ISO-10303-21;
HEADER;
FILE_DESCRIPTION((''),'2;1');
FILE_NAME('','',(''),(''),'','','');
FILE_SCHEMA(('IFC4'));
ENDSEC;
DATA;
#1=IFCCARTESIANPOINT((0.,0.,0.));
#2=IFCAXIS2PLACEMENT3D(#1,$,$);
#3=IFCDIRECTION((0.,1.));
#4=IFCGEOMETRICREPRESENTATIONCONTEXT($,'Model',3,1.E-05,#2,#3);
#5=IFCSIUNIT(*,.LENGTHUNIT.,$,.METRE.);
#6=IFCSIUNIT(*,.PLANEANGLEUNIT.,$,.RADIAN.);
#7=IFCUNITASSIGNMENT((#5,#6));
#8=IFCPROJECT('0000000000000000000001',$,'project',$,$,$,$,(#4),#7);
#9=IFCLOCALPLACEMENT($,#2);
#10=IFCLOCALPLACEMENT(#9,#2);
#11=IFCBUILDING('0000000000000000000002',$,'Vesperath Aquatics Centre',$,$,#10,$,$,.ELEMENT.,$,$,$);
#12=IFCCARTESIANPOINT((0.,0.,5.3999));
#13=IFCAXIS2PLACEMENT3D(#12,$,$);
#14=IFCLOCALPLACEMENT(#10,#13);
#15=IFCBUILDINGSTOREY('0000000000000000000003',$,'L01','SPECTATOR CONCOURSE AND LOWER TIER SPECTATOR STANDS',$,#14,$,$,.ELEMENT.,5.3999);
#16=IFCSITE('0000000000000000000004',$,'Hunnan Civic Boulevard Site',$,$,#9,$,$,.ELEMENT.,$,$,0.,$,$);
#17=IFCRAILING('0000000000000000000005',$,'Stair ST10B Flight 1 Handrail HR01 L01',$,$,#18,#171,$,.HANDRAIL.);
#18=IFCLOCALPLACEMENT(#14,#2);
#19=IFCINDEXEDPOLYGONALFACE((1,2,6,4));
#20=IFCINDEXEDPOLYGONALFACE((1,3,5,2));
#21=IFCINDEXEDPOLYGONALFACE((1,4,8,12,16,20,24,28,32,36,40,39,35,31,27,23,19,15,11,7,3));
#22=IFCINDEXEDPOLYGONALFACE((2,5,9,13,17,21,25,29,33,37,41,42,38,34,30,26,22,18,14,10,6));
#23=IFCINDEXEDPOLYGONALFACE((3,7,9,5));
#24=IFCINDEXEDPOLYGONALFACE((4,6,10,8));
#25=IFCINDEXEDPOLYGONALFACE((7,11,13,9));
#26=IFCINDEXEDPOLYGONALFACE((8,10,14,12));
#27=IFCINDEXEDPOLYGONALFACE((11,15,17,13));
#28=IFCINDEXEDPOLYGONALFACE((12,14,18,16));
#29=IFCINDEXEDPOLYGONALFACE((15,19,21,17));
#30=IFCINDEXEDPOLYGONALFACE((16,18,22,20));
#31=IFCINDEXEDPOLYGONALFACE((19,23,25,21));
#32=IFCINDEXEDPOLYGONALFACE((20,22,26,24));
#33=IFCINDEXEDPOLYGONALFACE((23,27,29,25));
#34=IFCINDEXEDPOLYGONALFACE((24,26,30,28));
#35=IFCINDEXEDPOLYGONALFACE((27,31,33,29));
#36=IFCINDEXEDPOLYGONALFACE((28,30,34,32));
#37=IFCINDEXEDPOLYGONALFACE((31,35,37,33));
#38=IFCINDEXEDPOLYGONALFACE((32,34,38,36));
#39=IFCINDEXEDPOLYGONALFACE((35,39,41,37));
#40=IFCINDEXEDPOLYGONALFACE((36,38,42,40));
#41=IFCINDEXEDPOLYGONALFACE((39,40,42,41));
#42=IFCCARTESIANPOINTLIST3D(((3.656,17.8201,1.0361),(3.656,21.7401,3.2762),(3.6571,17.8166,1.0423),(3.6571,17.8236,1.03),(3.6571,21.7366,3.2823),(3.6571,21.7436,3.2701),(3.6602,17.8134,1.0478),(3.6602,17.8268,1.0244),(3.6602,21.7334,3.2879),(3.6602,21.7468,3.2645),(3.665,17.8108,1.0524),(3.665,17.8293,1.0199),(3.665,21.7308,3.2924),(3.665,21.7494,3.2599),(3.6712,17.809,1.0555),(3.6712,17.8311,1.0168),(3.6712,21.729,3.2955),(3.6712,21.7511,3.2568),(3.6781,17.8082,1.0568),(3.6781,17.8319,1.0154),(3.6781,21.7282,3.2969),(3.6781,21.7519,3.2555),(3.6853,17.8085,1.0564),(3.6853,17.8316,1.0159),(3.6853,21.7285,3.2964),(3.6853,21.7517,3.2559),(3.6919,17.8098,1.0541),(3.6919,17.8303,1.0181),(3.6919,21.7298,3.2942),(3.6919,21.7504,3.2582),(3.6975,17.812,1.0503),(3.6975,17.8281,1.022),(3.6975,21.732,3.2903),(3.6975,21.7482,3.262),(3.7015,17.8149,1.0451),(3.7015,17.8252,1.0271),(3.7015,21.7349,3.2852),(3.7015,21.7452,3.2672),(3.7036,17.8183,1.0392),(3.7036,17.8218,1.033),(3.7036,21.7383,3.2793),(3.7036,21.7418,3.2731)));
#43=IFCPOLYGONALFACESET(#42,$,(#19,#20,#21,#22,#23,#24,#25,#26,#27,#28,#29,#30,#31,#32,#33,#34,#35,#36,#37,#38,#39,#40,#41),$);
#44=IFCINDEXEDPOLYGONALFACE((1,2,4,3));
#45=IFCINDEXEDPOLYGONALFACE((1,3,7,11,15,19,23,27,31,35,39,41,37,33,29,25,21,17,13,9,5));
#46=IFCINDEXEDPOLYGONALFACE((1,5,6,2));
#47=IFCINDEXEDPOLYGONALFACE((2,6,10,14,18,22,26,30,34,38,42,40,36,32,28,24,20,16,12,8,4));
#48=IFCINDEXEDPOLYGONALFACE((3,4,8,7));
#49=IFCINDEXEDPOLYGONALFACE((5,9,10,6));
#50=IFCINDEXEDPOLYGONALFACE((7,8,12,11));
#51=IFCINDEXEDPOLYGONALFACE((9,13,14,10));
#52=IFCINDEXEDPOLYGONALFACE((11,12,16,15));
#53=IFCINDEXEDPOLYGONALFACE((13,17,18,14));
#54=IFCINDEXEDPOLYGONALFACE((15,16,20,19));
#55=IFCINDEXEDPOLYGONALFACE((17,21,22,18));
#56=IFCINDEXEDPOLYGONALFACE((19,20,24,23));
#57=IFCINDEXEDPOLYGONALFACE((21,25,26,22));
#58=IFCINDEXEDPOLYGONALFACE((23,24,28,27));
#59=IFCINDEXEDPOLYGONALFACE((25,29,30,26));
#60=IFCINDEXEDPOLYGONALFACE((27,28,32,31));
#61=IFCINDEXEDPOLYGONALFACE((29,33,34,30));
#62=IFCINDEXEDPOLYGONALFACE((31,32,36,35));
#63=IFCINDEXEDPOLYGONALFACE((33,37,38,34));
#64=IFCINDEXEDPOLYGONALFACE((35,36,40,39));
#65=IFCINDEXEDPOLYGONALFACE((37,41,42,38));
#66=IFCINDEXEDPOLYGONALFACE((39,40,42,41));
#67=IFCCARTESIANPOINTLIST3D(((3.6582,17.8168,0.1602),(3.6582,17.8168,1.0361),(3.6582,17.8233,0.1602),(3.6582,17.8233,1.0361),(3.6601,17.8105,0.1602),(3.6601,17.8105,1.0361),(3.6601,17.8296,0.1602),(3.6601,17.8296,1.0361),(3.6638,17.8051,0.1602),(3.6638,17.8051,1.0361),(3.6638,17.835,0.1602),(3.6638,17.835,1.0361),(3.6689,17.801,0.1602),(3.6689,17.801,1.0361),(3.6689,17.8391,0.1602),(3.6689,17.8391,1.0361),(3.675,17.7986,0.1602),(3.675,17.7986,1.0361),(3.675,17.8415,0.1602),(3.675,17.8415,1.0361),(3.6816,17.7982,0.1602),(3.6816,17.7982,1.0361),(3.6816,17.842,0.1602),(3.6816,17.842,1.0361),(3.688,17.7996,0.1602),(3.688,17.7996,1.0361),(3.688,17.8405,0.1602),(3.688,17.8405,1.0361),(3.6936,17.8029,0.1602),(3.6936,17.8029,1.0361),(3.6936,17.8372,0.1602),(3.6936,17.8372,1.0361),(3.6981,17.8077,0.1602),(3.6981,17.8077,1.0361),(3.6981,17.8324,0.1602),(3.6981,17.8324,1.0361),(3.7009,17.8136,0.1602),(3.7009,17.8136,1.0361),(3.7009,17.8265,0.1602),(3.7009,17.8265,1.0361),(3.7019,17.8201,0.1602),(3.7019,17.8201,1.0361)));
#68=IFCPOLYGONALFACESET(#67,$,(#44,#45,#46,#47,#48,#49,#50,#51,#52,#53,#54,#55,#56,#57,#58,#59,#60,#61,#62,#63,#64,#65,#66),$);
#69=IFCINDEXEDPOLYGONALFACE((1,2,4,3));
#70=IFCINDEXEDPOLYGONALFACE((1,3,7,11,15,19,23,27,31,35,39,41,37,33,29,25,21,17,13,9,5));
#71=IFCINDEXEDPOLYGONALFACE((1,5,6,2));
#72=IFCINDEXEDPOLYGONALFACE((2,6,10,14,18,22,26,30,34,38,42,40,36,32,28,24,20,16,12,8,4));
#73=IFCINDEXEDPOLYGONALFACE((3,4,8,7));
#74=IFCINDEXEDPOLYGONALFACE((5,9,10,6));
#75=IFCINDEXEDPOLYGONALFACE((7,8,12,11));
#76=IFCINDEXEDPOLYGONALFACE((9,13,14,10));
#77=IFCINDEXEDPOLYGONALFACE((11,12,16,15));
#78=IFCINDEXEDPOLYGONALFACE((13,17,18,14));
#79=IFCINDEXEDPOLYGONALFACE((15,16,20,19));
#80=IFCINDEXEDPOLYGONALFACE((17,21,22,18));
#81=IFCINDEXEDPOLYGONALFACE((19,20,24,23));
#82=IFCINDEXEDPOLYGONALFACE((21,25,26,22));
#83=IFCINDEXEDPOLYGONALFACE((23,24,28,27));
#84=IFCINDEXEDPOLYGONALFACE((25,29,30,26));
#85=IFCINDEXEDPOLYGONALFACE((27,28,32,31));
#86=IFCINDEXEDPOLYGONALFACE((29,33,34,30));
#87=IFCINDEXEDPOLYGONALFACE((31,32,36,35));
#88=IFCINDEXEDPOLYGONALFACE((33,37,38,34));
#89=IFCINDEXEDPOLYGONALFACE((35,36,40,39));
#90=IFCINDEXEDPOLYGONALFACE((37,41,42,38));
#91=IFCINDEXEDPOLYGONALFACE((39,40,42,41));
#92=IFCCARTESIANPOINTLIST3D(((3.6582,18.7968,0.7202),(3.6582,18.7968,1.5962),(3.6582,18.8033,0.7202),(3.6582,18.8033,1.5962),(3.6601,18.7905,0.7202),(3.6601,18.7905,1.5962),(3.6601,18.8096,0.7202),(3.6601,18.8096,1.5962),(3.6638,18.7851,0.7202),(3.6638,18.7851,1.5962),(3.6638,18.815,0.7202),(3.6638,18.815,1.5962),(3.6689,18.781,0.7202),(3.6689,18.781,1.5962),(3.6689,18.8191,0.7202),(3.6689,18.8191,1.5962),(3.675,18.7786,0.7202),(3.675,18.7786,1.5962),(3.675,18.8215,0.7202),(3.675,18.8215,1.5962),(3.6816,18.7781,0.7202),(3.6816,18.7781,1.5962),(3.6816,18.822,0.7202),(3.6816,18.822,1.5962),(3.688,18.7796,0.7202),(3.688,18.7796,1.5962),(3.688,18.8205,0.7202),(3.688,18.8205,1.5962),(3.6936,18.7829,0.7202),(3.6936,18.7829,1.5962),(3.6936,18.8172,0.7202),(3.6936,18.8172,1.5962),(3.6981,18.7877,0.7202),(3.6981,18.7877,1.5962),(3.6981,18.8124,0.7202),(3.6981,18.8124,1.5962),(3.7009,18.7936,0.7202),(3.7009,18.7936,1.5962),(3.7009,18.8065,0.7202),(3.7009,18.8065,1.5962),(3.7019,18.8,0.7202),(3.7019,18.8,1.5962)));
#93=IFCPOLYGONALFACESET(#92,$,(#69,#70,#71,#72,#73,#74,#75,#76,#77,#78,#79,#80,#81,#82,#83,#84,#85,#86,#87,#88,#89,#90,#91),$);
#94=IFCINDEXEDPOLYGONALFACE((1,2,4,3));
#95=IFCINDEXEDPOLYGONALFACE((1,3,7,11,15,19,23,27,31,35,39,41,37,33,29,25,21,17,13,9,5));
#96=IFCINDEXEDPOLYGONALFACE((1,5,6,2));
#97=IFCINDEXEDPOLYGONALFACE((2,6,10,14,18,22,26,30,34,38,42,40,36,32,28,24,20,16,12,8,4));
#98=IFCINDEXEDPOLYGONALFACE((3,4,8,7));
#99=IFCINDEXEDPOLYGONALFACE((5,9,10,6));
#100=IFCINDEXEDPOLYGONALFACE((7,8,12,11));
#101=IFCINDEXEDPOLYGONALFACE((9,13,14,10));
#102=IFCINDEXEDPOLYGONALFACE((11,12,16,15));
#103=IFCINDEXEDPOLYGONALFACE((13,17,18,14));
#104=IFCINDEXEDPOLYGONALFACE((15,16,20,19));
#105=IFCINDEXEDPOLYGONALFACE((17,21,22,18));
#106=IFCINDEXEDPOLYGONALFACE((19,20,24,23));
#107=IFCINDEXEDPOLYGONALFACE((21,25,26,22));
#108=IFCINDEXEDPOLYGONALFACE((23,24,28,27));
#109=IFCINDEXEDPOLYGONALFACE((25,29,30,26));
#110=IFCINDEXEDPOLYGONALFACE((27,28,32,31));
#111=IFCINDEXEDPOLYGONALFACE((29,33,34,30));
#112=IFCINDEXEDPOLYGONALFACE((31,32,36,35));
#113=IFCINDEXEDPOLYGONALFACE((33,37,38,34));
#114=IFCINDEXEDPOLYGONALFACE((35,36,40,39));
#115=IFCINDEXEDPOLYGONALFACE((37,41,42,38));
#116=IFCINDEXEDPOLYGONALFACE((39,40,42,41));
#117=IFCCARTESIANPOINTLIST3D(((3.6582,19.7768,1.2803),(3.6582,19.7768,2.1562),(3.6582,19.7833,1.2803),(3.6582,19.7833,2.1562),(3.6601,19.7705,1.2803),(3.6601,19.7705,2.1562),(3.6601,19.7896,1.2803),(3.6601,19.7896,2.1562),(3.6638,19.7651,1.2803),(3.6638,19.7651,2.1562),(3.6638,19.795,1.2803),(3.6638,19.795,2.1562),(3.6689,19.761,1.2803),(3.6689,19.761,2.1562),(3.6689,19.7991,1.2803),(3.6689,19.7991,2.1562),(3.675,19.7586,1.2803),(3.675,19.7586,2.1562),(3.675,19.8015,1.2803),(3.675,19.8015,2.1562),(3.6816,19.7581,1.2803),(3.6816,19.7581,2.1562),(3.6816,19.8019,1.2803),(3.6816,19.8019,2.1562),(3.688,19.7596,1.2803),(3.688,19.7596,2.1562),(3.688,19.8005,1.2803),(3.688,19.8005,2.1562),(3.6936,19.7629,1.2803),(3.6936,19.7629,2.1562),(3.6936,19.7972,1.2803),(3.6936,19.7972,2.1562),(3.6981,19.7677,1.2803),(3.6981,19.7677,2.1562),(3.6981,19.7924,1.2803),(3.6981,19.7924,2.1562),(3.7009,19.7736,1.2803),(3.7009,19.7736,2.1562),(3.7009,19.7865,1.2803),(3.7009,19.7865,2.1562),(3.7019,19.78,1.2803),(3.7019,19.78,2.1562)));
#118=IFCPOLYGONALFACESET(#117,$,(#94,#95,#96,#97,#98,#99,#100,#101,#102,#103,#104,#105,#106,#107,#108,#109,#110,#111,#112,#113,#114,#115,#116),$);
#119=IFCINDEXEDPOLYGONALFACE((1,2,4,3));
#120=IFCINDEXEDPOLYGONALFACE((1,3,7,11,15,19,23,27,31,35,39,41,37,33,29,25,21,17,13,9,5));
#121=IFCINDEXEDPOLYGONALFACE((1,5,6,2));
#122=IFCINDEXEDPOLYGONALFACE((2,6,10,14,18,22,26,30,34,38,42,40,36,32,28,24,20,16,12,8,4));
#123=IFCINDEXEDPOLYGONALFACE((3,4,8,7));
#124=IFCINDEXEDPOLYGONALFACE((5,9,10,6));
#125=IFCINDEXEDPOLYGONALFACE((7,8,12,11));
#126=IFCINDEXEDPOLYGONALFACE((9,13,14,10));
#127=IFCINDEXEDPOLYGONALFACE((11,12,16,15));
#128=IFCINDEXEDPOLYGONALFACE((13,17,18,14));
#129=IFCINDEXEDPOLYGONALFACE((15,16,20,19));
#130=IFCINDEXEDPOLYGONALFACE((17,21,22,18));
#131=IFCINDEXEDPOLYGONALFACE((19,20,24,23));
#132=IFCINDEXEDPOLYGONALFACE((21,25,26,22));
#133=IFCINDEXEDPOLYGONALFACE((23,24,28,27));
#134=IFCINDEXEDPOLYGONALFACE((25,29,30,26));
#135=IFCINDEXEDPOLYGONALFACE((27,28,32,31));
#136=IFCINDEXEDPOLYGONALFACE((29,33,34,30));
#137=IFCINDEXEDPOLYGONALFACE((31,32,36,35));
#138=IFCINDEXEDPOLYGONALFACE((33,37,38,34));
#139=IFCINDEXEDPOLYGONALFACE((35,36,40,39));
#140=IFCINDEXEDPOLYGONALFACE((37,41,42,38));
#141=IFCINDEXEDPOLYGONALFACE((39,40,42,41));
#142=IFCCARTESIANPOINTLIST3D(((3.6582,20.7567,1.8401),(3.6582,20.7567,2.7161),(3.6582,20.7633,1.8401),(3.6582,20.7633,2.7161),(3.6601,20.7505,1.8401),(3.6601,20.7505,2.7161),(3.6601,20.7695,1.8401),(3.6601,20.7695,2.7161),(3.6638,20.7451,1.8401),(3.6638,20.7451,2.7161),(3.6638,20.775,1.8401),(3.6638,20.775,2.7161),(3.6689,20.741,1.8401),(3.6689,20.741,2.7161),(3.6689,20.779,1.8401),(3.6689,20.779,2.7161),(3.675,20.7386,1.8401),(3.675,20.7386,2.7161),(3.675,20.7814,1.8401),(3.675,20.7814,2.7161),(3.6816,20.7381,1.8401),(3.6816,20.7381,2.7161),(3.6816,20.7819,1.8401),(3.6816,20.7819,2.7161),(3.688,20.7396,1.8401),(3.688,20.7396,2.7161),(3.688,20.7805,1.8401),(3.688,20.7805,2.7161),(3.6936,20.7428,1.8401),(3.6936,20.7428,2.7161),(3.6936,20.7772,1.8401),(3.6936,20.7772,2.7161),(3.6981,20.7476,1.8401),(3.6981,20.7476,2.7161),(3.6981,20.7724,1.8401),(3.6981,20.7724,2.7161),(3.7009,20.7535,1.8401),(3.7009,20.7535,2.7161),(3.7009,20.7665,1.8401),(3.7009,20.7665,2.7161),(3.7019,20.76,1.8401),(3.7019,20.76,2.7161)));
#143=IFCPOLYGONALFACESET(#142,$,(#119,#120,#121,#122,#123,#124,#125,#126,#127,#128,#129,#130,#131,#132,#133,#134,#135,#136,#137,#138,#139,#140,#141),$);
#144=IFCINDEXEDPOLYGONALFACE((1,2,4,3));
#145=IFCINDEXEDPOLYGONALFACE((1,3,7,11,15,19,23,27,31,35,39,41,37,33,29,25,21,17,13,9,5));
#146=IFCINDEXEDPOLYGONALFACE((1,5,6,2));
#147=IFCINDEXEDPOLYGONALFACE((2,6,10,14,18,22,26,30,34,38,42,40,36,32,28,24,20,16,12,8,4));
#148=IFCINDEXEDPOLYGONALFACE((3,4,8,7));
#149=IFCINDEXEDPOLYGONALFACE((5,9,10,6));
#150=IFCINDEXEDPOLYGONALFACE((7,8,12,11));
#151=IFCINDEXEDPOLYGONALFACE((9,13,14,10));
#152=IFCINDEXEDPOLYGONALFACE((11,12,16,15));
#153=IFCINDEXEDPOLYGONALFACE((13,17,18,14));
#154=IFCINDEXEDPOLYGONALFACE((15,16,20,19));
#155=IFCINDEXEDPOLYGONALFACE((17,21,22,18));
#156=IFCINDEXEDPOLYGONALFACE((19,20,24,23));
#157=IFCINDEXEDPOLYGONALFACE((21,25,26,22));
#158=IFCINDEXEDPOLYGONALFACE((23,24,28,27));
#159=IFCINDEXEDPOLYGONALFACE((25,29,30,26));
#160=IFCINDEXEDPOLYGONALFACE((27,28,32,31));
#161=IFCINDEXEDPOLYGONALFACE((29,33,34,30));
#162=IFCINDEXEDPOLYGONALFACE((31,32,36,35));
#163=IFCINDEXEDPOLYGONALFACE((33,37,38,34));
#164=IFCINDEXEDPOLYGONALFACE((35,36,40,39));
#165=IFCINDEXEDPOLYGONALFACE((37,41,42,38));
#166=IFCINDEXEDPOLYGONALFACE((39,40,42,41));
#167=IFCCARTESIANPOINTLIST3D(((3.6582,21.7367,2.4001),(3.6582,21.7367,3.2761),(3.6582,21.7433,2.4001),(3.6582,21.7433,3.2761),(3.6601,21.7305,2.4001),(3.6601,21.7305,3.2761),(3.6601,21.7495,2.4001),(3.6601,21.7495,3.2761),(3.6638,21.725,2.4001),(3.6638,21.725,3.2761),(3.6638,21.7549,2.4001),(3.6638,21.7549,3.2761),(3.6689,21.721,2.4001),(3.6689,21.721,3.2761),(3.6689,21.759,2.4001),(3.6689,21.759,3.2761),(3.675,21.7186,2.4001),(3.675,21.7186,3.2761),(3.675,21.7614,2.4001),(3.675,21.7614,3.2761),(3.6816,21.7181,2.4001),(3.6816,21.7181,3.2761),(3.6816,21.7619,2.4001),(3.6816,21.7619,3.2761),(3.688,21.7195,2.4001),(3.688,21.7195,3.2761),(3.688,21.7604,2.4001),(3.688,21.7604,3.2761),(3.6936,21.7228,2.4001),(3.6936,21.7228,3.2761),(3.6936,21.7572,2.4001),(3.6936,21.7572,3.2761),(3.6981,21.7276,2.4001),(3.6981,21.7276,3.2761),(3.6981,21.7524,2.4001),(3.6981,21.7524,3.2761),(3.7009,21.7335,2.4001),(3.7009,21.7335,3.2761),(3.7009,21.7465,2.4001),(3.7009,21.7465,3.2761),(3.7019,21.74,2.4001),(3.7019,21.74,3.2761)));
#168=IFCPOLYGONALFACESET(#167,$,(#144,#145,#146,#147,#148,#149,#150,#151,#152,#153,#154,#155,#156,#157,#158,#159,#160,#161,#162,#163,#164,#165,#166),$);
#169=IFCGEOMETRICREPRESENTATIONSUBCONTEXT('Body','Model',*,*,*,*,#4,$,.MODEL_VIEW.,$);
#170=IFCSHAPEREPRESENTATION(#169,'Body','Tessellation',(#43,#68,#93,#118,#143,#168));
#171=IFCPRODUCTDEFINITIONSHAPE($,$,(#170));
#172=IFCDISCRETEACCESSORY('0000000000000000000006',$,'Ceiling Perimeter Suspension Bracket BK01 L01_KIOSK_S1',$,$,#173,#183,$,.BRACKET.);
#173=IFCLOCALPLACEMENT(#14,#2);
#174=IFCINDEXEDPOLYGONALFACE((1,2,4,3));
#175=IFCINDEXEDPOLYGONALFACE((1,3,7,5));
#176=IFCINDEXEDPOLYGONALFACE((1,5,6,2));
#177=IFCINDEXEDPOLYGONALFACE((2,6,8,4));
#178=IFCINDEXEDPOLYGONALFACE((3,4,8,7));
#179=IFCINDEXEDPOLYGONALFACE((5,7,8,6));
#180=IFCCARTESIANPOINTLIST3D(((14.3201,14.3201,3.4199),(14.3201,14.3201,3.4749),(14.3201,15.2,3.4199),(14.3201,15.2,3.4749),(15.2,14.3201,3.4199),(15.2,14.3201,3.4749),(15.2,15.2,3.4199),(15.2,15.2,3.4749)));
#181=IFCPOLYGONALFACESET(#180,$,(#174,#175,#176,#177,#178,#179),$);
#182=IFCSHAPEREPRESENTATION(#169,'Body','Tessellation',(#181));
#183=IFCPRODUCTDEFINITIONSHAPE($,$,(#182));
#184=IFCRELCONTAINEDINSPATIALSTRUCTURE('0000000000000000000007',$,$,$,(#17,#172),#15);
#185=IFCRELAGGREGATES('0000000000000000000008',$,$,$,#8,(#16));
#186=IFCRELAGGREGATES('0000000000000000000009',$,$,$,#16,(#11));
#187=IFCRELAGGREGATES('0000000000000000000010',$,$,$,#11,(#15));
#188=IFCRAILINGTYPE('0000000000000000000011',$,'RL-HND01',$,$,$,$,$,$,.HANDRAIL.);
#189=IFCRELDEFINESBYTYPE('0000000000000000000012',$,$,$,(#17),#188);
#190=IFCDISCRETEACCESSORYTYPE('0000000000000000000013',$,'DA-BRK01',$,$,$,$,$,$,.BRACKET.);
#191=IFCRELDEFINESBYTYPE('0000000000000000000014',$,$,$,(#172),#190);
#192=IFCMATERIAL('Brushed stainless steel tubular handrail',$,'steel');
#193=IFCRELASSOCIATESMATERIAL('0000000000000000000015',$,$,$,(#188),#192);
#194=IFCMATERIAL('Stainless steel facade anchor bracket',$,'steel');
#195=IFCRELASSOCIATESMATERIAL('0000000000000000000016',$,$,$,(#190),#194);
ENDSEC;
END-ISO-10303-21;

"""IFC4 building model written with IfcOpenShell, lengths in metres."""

from ifc_helpers import new_model, si_unit, direction, frame, origin, origin_2d, place, context, subcontext, project, spatial, rectangle, circle, extrude, material, type_object, element, save


model = new_model("IFC4")

# Units and contexts
model_context = context("Model", 3, precision=1e-05, world=origin(), true_north=direction((0.0, 1.0)))
body_context = subcontext(model_context, "Body", "Model", "MODEL_VIEW")
ifc_project = project(units=[si_unit("LENGTHUNIT", "METRE"), si_unit("PLANEANGLEUNIT", "RADIAN")], contexts=[model_context])

# Site, building, storey
site_placement = place(None, origin())
site = spatial("IfcSite", under=ifc_project, at=site_placement, Name="Hunnan Civic Boulevard Site", CompositionType="ELEMENT", RefElevation=0.0)
building_placement = place(site_placement, origin())
building = spatial("IfcBuilding", under=site, at=building_placement, Name="Vesperath Aquatics Centre", CompositionType="ELEMENT")
storey_placement = place(building_placement, frame((0.0, 0.0, 5.3999)))
storey = spatial("IfcBuildingStorey", under=building, at=storey_placement, Name="L01", Description="SPECTATOR CONCOURSE AND LOWER TIER SPECTATOR STANDS", CompositionType="ELEMENT", Elevation=5.3999)

# Railing
ifc_material_1 = material(Name="Brushed stainless steel tubular handrail", Category="steel")
railing_type_1 = type_object("IfcRailingType", Name="RL-HND01", PredefinedType="HANDRAIL", material=ifc_material_1)
railing_1_placement = place(storey_placement, frame((3.6799, 17.8201, 0.1602)))
element("IfcRailing", 1, at=railing_1_placement, inside=storey, type_object=railing_type_1, Name="Stair ST10B Flight 1 Handrail HR01 L01", PredefinedType="HANDRAIL", context=body_context, shape_type="SweptSolid", body=[
    extrude(circle(Radius=0.0239, at=origin_2d()), frame((0.0, 0.0, 0.876), z_axis=(0.0, 0.86824, 0.496145), x_axis=(-1.0, 0.0, 0.0)), (0.0, 0.0, 1.0), 4.5149),
    extrude(circle(Radius=0.022, at=origin_2d()), origin(), (0.0, 0.0, 1.0), 0.876),
    extrude(circle(Radius=0.022, at=origin_2d()), frame((0.0, 0.98, 0.5601)), (0.0, 0.0, 1.0), 0.876),
    extrude(circle(Radius=0.022, at=origin_2d()), frame((0.0, 1.96, 1.1201)), (0.0, 0.0, 1.0), 0.876),
    extrude(circle(Radius=0.022, at=origin_2d()), frame((0.0, 2.9399, 1.6799)), (0.0, 0.0, 1.0), 0.876),
    extrude(circle(Radius=0.022, at=origin_2d()), frame((0.0, 3.9199, 2.24)), (0.0, 0.0, 1.0), 0.876),
])

# Discrete accessory
ifc_material_2 = material(Name="Stainless steel facade anchor bracket", Category="steel")
discrete_accessory_type = type_object("IfcDiscreteAccessoryType", Name="DA-BRK01", PredefinedType="BRACKET", material=ifc_material_2)
discrete_accessory_placement = place(storey_placement, frame((14.76, 14.76, 3.4199), z_axis=(0.0, 0.0, 1.0), x_axis=(1.0, 0.0, 0.0)))
element("IfcDiscreteAccessory", 2, at=discrete_accessory_placement, inside=storey, type_object=discrete_accessory_type, Name="Ceiling Perimeter Suspension Bracket BK01 L01_KIOSK_S1", PredefinedType="BRACKET", context=body_context, shape_type="SweptSolid", body=[
    extrude(rectangle(XDim=0.8799, YDim=0.8799, at=origin_2d()), origin(), (0.0, 0.0, 1.0), 0.0549),
])

save(model, "model.ifc")
